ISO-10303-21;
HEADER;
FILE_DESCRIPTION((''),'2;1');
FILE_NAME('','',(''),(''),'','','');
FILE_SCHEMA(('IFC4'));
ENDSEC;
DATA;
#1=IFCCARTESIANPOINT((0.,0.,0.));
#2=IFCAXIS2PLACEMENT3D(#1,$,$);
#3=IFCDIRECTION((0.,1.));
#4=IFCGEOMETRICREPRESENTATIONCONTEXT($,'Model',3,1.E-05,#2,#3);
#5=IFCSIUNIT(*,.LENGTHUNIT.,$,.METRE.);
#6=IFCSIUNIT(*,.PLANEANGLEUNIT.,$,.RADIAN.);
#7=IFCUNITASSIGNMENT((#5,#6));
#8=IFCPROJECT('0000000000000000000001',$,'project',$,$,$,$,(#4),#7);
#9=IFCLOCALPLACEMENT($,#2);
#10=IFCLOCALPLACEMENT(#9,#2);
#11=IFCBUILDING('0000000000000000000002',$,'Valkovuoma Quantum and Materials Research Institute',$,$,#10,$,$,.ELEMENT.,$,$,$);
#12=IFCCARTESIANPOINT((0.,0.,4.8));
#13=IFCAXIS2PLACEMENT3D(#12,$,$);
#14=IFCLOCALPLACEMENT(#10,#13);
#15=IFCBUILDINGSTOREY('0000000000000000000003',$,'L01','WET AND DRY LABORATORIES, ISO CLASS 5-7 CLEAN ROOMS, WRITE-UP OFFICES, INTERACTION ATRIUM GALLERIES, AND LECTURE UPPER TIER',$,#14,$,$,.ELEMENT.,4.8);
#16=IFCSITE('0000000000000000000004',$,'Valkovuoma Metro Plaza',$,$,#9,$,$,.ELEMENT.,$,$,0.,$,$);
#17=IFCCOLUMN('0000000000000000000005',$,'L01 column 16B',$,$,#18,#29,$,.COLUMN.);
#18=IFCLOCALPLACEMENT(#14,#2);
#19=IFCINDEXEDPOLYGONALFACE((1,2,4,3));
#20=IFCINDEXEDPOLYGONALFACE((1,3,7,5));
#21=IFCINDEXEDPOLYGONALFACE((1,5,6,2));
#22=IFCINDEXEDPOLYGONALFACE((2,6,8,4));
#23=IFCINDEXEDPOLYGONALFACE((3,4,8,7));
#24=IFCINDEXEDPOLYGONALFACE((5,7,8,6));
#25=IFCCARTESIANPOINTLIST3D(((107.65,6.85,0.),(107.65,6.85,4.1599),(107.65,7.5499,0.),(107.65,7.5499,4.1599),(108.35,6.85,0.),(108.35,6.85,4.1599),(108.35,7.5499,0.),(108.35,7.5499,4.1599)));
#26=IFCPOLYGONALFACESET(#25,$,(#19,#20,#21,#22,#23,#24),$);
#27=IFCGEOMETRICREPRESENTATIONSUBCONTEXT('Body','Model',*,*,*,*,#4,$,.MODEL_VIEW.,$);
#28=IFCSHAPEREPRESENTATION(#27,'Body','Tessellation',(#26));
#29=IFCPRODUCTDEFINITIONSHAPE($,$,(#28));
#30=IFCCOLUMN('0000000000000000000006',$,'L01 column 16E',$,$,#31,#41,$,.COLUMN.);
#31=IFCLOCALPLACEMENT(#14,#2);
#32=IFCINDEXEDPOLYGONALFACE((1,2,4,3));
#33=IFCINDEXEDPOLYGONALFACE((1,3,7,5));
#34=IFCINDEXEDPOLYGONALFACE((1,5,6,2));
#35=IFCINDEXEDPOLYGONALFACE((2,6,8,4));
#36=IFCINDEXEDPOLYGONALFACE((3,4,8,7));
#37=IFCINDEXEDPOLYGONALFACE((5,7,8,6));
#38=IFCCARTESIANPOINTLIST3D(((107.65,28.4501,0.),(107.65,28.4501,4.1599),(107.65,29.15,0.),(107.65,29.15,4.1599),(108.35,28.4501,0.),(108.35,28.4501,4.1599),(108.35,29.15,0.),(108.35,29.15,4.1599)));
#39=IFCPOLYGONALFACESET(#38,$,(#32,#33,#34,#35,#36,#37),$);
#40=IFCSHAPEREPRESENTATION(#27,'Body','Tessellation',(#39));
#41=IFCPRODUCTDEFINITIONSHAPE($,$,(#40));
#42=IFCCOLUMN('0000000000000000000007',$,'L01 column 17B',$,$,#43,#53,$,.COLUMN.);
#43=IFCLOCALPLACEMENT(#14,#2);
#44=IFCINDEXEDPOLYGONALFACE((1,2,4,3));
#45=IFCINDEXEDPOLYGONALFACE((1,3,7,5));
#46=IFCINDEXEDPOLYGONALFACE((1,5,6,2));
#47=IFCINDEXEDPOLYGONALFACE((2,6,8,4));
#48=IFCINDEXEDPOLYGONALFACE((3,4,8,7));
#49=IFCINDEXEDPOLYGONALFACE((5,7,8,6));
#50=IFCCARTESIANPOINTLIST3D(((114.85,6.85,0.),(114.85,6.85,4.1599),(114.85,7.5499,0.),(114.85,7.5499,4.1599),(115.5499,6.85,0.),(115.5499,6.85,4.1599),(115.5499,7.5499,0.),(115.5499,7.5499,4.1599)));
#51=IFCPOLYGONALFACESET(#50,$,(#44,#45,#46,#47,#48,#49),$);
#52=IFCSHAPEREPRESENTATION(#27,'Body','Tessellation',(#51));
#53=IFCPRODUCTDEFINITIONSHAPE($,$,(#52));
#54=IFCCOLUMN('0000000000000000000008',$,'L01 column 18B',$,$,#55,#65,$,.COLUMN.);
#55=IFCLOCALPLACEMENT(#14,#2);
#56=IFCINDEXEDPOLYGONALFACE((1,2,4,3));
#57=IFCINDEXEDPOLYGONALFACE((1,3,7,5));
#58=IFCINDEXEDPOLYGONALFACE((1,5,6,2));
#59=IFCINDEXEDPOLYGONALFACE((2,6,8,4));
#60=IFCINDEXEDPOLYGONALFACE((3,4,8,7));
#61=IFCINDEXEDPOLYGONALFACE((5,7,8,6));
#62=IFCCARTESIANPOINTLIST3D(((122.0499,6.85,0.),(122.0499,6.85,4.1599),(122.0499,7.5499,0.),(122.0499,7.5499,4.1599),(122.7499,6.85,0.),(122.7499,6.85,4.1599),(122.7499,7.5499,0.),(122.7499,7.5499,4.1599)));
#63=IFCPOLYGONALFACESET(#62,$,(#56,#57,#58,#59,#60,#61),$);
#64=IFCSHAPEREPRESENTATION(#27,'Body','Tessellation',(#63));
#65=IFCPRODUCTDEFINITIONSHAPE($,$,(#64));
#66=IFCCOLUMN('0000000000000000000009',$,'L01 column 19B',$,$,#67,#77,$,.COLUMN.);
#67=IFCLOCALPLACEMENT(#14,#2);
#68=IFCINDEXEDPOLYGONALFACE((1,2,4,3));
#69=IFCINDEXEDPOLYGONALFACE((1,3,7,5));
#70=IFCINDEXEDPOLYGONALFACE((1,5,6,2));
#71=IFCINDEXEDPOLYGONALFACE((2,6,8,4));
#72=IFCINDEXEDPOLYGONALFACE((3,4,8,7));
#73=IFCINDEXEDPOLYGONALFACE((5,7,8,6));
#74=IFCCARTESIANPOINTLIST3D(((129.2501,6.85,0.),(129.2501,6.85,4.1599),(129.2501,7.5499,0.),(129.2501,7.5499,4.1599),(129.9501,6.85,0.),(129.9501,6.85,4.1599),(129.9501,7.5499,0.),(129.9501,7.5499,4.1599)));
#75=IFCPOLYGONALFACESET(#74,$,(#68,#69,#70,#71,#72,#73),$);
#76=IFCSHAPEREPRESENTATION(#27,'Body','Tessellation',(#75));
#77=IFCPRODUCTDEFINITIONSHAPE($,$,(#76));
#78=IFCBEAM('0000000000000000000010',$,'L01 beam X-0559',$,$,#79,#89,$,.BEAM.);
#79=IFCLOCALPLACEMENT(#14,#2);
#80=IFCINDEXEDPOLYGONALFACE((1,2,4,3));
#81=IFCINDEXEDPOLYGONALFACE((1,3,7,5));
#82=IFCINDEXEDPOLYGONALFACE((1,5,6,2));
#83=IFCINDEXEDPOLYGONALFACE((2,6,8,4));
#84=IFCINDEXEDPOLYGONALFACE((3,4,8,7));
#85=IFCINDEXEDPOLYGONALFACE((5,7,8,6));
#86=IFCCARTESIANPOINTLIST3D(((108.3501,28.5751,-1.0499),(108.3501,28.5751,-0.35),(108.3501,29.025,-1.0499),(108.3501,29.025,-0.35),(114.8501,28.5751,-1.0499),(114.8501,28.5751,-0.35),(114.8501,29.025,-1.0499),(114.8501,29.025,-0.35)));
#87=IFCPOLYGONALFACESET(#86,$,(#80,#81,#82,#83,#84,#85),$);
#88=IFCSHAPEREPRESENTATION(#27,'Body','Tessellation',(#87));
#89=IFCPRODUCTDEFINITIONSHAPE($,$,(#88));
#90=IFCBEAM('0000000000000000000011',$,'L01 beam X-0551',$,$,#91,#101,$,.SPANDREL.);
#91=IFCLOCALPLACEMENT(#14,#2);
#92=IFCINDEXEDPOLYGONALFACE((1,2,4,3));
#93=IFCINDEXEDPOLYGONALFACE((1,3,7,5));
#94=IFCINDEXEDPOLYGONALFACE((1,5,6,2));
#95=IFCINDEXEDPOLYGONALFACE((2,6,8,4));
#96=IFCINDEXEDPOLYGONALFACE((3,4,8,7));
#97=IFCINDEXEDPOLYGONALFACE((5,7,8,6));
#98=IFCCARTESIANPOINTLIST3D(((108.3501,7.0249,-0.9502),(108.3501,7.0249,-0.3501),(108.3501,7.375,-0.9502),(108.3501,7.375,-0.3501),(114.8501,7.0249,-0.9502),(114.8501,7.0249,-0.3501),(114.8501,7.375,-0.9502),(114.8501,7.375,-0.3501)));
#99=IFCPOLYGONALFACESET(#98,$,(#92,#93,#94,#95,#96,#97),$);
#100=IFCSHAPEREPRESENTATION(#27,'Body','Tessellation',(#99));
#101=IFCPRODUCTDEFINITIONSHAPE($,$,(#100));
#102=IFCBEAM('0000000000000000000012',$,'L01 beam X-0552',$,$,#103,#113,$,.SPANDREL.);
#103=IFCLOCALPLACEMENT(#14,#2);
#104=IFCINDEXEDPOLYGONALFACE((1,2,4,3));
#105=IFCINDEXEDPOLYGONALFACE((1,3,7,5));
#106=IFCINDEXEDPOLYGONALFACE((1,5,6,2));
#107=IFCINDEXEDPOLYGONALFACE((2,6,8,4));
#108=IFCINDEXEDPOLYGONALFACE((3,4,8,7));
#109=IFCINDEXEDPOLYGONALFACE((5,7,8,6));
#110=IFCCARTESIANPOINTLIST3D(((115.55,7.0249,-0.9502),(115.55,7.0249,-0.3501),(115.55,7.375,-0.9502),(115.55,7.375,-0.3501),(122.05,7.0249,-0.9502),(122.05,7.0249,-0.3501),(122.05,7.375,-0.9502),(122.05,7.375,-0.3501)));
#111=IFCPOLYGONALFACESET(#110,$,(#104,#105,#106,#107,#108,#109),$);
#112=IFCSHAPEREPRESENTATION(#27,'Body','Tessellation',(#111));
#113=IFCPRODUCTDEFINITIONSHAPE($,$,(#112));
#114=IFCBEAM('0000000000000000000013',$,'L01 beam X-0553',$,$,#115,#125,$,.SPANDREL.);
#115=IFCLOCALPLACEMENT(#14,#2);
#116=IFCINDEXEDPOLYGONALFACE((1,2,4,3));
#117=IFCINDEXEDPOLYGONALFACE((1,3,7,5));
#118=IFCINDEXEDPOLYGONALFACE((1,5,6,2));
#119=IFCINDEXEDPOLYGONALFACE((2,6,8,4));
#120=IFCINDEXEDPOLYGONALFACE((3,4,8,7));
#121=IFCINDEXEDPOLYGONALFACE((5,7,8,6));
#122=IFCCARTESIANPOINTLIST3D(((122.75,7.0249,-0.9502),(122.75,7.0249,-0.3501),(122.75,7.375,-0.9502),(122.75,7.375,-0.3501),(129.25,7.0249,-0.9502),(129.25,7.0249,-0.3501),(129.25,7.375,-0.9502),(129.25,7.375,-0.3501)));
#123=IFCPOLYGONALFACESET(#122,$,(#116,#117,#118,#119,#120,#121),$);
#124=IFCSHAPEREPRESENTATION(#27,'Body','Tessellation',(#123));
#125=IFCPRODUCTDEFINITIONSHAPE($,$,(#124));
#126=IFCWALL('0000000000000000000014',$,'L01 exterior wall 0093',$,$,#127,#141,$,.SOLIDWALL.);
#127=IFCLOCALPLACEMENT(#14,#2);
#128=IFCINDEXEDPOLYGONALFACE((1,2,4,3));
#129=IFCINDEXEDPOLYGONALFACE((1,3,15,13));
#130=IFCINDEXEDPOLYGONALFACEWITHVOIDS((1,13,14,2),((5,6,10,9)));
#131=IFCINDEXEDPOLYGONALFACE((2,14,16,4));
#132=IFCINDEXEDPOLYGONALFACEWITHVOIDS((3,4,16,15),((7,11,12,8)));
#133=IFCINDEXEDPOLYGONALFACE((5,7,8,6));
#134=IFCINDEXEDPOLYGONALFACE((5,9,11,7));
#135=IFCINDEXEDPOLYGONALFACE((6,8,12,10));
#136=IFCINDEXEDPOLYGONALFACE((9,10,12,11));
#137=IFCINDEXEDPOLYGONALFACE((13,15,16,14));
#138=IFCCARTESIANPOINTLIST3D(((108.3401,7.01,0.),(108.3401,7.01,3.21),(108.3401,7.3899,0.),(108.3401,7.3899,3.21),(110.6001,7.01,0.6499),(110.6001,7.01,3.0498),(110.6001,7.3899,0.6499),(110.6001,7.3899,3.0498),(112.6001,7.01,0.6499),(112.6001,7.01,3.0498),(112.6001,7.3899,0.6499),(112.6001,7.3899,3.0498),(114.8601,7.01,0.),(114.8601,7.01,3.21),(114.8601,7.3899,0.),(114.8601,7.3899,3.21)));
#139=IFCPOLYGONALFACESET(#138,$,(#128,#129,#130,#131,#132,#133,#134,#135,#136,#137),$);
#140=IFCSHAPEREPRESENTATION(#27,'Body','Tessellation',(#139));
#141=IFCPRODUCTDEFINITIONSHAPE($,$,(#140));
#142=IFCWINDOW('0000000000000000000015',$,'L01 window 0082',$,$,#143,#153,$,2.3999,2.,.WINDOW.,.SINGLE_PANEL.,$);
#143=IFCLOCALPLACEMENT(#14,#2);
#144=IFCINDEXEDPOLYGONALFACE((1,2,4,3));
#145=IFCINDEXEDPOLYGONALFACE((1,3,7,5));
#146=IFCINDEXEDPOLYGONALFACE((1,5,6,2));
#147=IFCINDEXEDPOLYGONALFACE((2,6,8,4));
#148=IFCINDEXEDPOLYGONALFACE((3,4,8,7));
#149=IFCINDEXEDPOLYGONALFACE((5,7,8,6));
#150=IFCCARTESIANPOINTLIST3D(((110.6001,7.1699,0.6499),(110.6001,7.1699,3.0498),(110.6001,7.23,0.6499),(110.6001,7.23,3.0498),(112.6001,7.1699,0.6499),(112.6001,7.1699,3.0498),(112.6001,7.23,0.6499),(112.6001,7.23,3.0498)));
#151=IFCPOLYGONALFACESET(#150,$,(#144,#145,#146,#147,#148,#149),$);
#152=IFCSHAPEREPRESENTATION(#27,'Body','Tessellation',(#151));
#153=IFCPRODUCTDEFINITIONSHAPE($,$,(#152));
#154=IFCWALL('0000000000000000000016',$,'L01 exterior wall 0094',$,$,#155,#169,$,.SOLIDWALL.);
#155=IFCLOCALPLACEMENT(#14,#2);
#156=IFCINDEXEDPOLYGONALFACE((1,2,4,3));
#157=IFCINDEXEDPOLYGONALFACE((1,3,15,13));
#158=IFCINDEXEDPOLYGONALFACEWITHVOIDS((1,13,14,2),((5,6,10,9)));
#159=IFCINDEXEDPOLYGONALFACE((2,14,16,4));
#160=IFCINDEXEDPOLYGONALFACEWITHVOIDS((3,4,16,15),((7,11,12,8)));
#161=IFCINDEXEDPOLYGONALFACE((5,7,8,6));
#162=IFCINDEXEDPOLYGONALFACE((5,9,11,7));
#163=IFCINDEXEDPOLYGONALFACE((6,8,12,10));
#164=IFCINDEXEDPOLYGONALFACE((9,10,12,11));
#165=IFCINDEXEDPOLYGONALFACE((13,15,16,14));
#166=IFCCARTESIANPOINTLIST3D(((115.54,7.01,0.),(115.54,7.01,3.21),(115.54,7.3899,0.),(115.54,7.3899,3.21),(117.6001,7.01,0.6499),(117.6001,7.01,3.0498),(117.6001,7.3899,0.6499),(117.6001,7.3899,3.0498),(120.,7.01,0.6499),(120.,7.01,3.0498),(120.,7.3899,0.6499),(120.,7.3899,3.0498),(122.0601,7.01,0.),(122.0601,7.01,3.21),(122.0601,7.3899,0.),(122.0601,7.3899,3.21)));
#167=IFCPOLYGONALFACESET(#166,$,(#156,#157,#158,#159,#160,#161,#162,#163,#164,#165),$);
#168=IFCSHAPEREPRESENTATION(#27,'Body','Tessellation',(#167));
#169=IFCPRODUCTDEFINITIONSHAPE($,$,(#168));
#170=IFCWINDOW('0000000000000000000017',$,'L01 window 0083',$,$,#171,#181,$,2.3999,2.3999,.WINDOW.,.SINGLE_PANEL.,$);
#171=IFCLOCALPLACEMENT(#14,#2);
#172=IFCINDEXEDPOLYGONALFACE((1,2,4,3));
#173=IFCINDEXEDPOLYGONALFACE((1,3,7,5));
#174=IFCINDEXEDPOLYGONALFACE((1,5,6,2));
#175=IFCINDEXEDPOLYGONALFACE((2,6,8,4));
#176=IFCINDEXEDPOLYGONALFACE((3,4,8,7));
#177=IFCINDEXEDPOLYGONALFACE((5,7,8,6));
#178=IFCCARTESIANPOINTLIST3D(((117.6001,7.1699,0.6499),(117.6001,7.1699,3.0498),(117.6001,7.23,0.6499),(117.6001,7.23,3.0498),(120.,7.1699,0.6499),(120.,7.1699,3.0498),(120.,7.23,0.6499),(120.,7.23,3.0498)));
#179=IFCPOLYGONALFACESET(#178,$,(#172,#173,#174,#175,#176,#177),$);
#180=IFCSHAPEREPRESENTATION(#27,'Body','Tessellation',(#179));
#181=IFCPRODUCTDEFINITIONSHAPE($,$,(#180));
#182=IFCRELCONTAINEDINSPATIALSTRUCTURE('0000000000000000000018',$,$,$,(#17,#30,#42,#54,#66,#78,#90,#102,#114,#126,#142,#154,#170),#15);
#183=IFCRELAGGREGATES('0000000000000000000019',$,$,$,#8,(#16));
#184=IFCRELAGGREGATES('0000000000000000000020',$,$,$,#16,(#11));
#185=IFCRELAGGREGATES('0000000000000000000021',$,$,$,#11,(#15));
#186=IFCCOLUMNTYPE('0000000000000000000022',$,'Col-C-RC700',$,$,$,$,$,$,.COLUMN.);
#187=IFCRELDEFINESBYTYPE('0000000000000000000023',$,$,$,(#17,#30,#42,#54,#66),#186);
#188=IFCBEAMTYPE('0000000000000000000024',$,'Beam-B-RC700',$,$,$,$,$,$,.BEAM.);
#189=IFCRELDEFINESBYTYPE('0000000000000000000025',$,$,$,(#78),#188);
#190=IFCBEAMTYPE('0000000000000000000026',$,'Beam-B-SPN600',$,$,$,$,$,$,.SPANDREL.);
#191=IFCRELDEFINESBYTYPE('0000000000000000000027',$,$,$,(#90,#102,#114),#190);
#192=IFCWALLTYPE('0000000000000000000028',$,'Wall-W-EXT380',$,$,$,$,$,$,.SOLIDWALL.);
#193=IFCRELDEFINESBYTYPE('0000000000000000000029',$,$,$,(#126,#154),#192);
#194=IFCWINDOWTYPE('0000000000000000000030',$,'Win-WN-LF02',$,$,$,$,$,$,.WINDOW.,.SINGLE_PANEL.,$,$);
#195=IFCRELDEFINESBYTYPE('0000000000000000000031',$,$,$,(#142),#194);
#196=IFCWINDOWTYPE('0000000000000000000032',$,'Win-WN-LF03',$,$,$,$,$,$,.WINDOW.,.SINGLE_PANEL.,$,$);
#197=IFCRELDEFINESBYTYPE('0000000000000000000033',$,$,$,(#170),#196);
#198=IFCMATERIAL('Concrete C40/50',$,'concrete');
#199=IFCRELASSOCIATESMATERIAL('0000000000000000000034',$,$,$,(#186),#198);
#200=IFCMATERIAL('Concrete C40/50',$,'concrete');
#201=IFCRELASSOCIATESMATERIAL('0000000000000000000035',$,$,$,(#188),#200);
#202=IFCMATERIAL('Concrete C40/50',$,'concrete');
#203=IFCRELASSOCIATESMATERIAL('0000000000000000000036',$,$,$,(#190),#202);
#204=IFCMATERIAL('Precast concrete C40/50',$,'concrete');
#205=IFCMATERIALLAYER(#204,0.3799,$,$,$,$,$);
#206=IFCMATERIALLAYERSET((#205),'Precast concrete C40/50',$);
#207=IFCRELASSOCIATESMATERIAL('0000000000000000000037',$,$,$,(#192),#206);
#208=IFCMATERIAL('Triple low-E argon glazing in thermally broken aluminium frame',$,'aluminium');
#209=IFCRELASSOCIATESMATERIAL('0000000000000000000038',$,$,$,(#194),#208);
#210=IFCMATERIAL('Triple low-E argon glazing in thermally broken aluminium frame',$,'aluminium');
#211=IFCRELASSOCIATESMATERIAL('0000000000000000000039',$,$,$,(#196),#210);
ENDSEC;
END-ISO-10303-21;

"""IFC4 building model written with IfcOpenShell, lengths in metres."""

from ifc_helpers import new_model, si_unit, direction, frame, frame_2d, origin, origin_2d, place, context, subcontext, project, spatial, rectangle, extrude, material, layer, layer_set, material_profile, profile_set, type_object, element, fill, save


model = new_model("IFC4")

# Units and contexts
model_context = context("Model", 3, precision=1e-05, world=origin(), true_north=direction((0.0, 1.0)))
body_context = subcontext(model_context, "Body", "Model", "MODEL_VIEW")
ifc_project = project(units=[si_unit("LENGTHUNIT", "METRE"), si_unit("PLANEANGLEUNIT", "RADIAN")], contexts=[model_context])

# Site, building, storey
site_placement = place(None, origin())
site = spatial("IfcSite", under=ifc_project, at=site_placement, Name="Valkovuoma Metro Plaza", CompositionType="ELEMENT", RefElevation=0.0)
building_placement = place(site_placement, origin())
building = spatial("IfcBuilding", under=site, at=building_placement, Name="Valkovuoma Quantum and Materials Research Institute", CompositionType="ELEMENT")
storey_placement = place(building_placement, frame((0.0, 0.0, 4.8)))
storey = spatial("IfcBuildingStorey", under=building, at=storey_placement, Name="L01", Description="WET AND DRY LABORATORIES, ISO CLASS 5-7 CLEAN ROOMS, WRITE-UP OFFICES, INTERACTION ATRIUM GALLERIES, AND LECTURE UPPER TIER", CompositionType="ELEMENT", Elevation=4.8)

# Columns
ifc_material_1 = material(Name="Concrete C40/50", Category="concrete")
ifc_material_profile_1 = material_profile(ifc_material_1, rectangle(XDim=0.7, YDim=0.7, at=origin_2d()), Name="Concrete C40/50")
ifc_profile_set_1 = profile_set([ifc_material_profile_1], Name="Concrete C40/50")
column_type = type_object("IfcColumnType", Name="Col-C-RC700", PredefinedType="COLUMN", material=ifc_profile_set_1)
for number, where, z_axis, x_axis, name in (
    (1, (108.0, 7.2, 0.0), (0.0, 0.0, 1.0), (1.0, 0.0, 0.0), "L01 column 16B"),
    (2, (108.0, 28.8, 0.0), (0.0, 0.0, 1.0), (1.0, 0.0, 0.0), "L01 column 16E"),
    (3, (115.2, 7.2, 0.0), (0.0, 0.0, 1.0), (1.0, 0.0, 0.0), "L01 column 17B"),
    (4, (122.3999, 7.2, 0.0), (0.0, 0.0, 1.0), (1.0, 0.0, 0.0), "L01 column 18B"),
    (5, (129.6001, 7.2, 0.0), (0.0, 0.0, 1.0), (1.0, 0.0, 0.0), "L01 column 19B"),
):
    element("IfcColumn", number, at=place(storey_placement, frame(where, z_axis=z_axis, x_axis=x_axis)), inside=storey, type_object=column_type, Name=name, PredefinedType="COLUMN", context=body_context, shape_type="SweptSolid", body=[
        extrude(rectangle(XDim=0.7, YDim=0.7, at=origin_2d()), origin(), (0.0, 0.0, 1.0), 4.1599),
    ])

# Beams
ifc_material_2 = material(Name="Concrete C40/50", Category="concrete")
ifc_material_profile_2 = material_profile(ifc_material_2, rectangle(XDim=0.45, YDim=0.7, at=origin_2d()), Name="Concrete C40/50")
ifc_profile_set_2 = profile_set([ifc_material_profile_2], Name="Concrete C40/50")
beam_type_1 = type_object("IfcBeamType", Name="Beam-B-RC700", PredefinedType="BEAM", material=ifc_profile_set_2)
beam_placement = place(storey_placement, frame((108.3501, 28.8, -0.7), z_axis=(1.0, 0.0, 0.0), x_axis=(0.0, 1.0, 0.0)))
element("IfcBeam", 6, at=beam_placement, inside=storey, type_object=beam_type_1, Name="L01 beam X-0559", PredefinedType="BEAM", context=body_context, shape_type="SweptSolid", body=[
    extrude(rectangle(XDim=0.45, YDim=0.7, at=origin_2d()), origin(), (0.0, 0.0, 1.0), 6.5),
])
ifc_material_3 = material(Name="Concrete C40/50", Category="concrete")
ifc_material_profile_3 = material_profile(ifc_material_3, rectangle(XDim=0.3501, YDim=0.6001, at=origin_2d()), Name="Concrete C40/50")
ifc_profile_set_3 = profile_set([ifc_material_profile_3], Name="Concrete C40/50")
beam_type_2 = type_object("IfcBeamType", Name="Beam-B-SPN600", PredefinedType="SPANDREL", material=ifc_profile_set_3)
for number, where, z_axis, x_axis, name in (
    (7, (108.3501, 7.2, -0.6501), (1.0, 0.0, 0.0), (0.0, 1.0, 0.0), "L01 beam X-0551"),
    (8, (115.55, 7.2, -0.6501), (1.0, 0.0, 0.0), (0.0, 1.0, 0.0), "L01 beam X-0552"),
    (9, (122.75, 7.2, -0.6501), (1.0, 0.0, 0.0), (0.0, 1.0, 0.0), "L01 beam X-0553"),
):
    element("IfcBeam", number, at=place(storey_placement, frame(where, z_axis=z_axis, x_axis=x_axis)), inside=storey, type_object=beam_type_2, Name=name, PredefinedType="SPANDREL", context=body_context, shape_type="SweptSolid", body=[
        extrude(rectangle(XDim=0.3501, YDim=0.6001, at=origin_2d()), origin(), (0.0, 0.0, 1.0), 6.5),
    ])

# Walls, openings, windows
ifc_material_4 = material(Name="Precast concrete C40/50", Category="concrete")
ifc_layer_1 = layer(ifc_material_4, 0.3799)
ifc_layer_set_1 = layer_set([ifc_layer_1], Name="Precast concrete C40/50")
wall_type_1 = type_object("IfcWallType", Name="Wall-W-EXT380", PredefinedType="SOLIDWALL", material=ifc_layer_set_1)
wall_1_placement = place(storey_placement, frame((108.3401, 7.2, 0.0), z_axis=(0.0, 0.0, 1.0), x_axis=(1.0, 0.0, 0.0)))
wall_1 = element("IfcWall", 10, at=wall_1_placement, inside=storey, type_object=wall_type_1, Name="L01 exterior wall 0093", PredefinedType="SOLIDWALL", context=body_context, shape_type="SweptSolid", body=[
    extrude(rectangle(XDim=6.52, YDim=0.3799, at=frame_2d((3.26, 0.0))), origin(), (0.0, 0.0, 1.0), 3.21),
])
opening_1_placement = place(wall_1_placement, frame((2.26, 0.0, 0.6499)))
opening_1 = element("IfcOpeningElement", 11, at=opening_1_placement, cuts=wall_1, PredefinedType="OPENING", context=body_context, shape_type="SweptSolid", body=[
    extrude(rectangle(XDim=2.0, YDim=2.3999, at=frame_2d((1.0, 1.2))), frame((0.0, 0.2, 0.0), z_axis=(0.0, -1.0, 0.0), x_axis=(1.0, 0.0, 0.0)), (0.0, 0.0, 1.0), 0.3999),
])
ifc_material_5 = material(Name="Triple low-E argon glazing in thermally broken aluminium frame", Category="aluminium")
window_type_1 = type_object("IfcWindowType", Name="Win-WN-LF02", PartitioningType="SINGLE_PANEL", PredefinedType="WINDOW", material=ifc_material_5)
window_1_placement = place(opening_1_placement, origin())
window_1 = element("IfcWindow", 12, at=window_1_placement, inside=storey, type_object=window_type_1, Name="L01 window 0082", OverallHeight=2.3999, OverallWidth=2.0, PartitioningType="SINGLE_PANEL", PredefinedType="WINDOW", context=body_context, shape_type="SweptSolid", body=[
    extrude(rectangle(XDim=2.0, YDim=2.3999, at=frame_2d((1.0, 1.2))), frame((0.0, 0.03, 0.0), z_axis=(0.0, -1.0, 0.0), x_axis=(1.0, 0.0, 0.0)), (0.0, 0.0, 1.0), 0.0601),
])
fill(opening_1, window_1)
wall_2_placement = place(storey_placement, frame((115.54, 7.2, 0.0), z_axis=(0.0, 0.0, 1.0), x_axis=(1.0, 0.0, 0.0)))
wall_2 = element("IfcWall", 13, at=wall_2_placement, inside=storey, type_object=wall_type_1, Name="L01 exterior wall 0094", PredefinedType="SOLIDWALL", context=body_context, shape_type="SweptSolid", body=[
    extrude(rectangle(XDim=6.52, YDim=0.3799, at=frame_2d((3.26, 0.0))), origin(), (0.0, 0.0, 1.0), 3.21),
])
opening_2_placement = place(wall_2_placement, frame((2.0601, 0.0, 0.6499)))
opening_2 = element("IfcOpeningElement", 14, at=opening_2_placement, cuts=wall_2, PredefinedType="OPENING", context=body_context, shape_type="SweptSolid", body=[
    extrude(rectangle(XDim=2.3999, YDim=2.3999, at=frame_2d((1.2, 1.2))), frame((0.0, 0.2, 0.0), z_axis=(0.0, -1.0, 0.0), x_axis=(1.0, 0.0, 0.0)), (0.0, 0.0, 1.0), 0.3999),
])
ifc_material_6 = material(Name="Triple low-E argon glazing in thermally broken aluminium frame", Category="aluminium")
window_type_2 = type_object("IfcWindowType", Name="Win-WN-LF03", PartitioningType="SINGLE_PANEL", PredefinedType="WINDOW", material=ifc_material_6)
window_2_placement = place(opening_2_placement, origin())
window_2 = element("IfcWindow", 15, at=window_2_placement, inside=storey, type_object=window_type_2, Name="L01 window 0083", OverallHeight=2.3999, OverallWidth=2.3999, PartitioningType="SINGLE_PANEL", PredefinedType="WINDOW", context=body_context, shape_type="SweptSolid", body=[
    extrude(rectangle(XDim=2.3999, YDim=2.3999, at=frame_2d((1.2, 1.2))), frame((0.0, 0.03, 0.0), z_axis=(0.0, -1.0, 0.0), x_axis=(1.0, 0.0, 0.0)), (0.0, 0.0, 1.0), 0.0601),
])
fill(opening_2, window_2)

save(model, "model.ifc")
